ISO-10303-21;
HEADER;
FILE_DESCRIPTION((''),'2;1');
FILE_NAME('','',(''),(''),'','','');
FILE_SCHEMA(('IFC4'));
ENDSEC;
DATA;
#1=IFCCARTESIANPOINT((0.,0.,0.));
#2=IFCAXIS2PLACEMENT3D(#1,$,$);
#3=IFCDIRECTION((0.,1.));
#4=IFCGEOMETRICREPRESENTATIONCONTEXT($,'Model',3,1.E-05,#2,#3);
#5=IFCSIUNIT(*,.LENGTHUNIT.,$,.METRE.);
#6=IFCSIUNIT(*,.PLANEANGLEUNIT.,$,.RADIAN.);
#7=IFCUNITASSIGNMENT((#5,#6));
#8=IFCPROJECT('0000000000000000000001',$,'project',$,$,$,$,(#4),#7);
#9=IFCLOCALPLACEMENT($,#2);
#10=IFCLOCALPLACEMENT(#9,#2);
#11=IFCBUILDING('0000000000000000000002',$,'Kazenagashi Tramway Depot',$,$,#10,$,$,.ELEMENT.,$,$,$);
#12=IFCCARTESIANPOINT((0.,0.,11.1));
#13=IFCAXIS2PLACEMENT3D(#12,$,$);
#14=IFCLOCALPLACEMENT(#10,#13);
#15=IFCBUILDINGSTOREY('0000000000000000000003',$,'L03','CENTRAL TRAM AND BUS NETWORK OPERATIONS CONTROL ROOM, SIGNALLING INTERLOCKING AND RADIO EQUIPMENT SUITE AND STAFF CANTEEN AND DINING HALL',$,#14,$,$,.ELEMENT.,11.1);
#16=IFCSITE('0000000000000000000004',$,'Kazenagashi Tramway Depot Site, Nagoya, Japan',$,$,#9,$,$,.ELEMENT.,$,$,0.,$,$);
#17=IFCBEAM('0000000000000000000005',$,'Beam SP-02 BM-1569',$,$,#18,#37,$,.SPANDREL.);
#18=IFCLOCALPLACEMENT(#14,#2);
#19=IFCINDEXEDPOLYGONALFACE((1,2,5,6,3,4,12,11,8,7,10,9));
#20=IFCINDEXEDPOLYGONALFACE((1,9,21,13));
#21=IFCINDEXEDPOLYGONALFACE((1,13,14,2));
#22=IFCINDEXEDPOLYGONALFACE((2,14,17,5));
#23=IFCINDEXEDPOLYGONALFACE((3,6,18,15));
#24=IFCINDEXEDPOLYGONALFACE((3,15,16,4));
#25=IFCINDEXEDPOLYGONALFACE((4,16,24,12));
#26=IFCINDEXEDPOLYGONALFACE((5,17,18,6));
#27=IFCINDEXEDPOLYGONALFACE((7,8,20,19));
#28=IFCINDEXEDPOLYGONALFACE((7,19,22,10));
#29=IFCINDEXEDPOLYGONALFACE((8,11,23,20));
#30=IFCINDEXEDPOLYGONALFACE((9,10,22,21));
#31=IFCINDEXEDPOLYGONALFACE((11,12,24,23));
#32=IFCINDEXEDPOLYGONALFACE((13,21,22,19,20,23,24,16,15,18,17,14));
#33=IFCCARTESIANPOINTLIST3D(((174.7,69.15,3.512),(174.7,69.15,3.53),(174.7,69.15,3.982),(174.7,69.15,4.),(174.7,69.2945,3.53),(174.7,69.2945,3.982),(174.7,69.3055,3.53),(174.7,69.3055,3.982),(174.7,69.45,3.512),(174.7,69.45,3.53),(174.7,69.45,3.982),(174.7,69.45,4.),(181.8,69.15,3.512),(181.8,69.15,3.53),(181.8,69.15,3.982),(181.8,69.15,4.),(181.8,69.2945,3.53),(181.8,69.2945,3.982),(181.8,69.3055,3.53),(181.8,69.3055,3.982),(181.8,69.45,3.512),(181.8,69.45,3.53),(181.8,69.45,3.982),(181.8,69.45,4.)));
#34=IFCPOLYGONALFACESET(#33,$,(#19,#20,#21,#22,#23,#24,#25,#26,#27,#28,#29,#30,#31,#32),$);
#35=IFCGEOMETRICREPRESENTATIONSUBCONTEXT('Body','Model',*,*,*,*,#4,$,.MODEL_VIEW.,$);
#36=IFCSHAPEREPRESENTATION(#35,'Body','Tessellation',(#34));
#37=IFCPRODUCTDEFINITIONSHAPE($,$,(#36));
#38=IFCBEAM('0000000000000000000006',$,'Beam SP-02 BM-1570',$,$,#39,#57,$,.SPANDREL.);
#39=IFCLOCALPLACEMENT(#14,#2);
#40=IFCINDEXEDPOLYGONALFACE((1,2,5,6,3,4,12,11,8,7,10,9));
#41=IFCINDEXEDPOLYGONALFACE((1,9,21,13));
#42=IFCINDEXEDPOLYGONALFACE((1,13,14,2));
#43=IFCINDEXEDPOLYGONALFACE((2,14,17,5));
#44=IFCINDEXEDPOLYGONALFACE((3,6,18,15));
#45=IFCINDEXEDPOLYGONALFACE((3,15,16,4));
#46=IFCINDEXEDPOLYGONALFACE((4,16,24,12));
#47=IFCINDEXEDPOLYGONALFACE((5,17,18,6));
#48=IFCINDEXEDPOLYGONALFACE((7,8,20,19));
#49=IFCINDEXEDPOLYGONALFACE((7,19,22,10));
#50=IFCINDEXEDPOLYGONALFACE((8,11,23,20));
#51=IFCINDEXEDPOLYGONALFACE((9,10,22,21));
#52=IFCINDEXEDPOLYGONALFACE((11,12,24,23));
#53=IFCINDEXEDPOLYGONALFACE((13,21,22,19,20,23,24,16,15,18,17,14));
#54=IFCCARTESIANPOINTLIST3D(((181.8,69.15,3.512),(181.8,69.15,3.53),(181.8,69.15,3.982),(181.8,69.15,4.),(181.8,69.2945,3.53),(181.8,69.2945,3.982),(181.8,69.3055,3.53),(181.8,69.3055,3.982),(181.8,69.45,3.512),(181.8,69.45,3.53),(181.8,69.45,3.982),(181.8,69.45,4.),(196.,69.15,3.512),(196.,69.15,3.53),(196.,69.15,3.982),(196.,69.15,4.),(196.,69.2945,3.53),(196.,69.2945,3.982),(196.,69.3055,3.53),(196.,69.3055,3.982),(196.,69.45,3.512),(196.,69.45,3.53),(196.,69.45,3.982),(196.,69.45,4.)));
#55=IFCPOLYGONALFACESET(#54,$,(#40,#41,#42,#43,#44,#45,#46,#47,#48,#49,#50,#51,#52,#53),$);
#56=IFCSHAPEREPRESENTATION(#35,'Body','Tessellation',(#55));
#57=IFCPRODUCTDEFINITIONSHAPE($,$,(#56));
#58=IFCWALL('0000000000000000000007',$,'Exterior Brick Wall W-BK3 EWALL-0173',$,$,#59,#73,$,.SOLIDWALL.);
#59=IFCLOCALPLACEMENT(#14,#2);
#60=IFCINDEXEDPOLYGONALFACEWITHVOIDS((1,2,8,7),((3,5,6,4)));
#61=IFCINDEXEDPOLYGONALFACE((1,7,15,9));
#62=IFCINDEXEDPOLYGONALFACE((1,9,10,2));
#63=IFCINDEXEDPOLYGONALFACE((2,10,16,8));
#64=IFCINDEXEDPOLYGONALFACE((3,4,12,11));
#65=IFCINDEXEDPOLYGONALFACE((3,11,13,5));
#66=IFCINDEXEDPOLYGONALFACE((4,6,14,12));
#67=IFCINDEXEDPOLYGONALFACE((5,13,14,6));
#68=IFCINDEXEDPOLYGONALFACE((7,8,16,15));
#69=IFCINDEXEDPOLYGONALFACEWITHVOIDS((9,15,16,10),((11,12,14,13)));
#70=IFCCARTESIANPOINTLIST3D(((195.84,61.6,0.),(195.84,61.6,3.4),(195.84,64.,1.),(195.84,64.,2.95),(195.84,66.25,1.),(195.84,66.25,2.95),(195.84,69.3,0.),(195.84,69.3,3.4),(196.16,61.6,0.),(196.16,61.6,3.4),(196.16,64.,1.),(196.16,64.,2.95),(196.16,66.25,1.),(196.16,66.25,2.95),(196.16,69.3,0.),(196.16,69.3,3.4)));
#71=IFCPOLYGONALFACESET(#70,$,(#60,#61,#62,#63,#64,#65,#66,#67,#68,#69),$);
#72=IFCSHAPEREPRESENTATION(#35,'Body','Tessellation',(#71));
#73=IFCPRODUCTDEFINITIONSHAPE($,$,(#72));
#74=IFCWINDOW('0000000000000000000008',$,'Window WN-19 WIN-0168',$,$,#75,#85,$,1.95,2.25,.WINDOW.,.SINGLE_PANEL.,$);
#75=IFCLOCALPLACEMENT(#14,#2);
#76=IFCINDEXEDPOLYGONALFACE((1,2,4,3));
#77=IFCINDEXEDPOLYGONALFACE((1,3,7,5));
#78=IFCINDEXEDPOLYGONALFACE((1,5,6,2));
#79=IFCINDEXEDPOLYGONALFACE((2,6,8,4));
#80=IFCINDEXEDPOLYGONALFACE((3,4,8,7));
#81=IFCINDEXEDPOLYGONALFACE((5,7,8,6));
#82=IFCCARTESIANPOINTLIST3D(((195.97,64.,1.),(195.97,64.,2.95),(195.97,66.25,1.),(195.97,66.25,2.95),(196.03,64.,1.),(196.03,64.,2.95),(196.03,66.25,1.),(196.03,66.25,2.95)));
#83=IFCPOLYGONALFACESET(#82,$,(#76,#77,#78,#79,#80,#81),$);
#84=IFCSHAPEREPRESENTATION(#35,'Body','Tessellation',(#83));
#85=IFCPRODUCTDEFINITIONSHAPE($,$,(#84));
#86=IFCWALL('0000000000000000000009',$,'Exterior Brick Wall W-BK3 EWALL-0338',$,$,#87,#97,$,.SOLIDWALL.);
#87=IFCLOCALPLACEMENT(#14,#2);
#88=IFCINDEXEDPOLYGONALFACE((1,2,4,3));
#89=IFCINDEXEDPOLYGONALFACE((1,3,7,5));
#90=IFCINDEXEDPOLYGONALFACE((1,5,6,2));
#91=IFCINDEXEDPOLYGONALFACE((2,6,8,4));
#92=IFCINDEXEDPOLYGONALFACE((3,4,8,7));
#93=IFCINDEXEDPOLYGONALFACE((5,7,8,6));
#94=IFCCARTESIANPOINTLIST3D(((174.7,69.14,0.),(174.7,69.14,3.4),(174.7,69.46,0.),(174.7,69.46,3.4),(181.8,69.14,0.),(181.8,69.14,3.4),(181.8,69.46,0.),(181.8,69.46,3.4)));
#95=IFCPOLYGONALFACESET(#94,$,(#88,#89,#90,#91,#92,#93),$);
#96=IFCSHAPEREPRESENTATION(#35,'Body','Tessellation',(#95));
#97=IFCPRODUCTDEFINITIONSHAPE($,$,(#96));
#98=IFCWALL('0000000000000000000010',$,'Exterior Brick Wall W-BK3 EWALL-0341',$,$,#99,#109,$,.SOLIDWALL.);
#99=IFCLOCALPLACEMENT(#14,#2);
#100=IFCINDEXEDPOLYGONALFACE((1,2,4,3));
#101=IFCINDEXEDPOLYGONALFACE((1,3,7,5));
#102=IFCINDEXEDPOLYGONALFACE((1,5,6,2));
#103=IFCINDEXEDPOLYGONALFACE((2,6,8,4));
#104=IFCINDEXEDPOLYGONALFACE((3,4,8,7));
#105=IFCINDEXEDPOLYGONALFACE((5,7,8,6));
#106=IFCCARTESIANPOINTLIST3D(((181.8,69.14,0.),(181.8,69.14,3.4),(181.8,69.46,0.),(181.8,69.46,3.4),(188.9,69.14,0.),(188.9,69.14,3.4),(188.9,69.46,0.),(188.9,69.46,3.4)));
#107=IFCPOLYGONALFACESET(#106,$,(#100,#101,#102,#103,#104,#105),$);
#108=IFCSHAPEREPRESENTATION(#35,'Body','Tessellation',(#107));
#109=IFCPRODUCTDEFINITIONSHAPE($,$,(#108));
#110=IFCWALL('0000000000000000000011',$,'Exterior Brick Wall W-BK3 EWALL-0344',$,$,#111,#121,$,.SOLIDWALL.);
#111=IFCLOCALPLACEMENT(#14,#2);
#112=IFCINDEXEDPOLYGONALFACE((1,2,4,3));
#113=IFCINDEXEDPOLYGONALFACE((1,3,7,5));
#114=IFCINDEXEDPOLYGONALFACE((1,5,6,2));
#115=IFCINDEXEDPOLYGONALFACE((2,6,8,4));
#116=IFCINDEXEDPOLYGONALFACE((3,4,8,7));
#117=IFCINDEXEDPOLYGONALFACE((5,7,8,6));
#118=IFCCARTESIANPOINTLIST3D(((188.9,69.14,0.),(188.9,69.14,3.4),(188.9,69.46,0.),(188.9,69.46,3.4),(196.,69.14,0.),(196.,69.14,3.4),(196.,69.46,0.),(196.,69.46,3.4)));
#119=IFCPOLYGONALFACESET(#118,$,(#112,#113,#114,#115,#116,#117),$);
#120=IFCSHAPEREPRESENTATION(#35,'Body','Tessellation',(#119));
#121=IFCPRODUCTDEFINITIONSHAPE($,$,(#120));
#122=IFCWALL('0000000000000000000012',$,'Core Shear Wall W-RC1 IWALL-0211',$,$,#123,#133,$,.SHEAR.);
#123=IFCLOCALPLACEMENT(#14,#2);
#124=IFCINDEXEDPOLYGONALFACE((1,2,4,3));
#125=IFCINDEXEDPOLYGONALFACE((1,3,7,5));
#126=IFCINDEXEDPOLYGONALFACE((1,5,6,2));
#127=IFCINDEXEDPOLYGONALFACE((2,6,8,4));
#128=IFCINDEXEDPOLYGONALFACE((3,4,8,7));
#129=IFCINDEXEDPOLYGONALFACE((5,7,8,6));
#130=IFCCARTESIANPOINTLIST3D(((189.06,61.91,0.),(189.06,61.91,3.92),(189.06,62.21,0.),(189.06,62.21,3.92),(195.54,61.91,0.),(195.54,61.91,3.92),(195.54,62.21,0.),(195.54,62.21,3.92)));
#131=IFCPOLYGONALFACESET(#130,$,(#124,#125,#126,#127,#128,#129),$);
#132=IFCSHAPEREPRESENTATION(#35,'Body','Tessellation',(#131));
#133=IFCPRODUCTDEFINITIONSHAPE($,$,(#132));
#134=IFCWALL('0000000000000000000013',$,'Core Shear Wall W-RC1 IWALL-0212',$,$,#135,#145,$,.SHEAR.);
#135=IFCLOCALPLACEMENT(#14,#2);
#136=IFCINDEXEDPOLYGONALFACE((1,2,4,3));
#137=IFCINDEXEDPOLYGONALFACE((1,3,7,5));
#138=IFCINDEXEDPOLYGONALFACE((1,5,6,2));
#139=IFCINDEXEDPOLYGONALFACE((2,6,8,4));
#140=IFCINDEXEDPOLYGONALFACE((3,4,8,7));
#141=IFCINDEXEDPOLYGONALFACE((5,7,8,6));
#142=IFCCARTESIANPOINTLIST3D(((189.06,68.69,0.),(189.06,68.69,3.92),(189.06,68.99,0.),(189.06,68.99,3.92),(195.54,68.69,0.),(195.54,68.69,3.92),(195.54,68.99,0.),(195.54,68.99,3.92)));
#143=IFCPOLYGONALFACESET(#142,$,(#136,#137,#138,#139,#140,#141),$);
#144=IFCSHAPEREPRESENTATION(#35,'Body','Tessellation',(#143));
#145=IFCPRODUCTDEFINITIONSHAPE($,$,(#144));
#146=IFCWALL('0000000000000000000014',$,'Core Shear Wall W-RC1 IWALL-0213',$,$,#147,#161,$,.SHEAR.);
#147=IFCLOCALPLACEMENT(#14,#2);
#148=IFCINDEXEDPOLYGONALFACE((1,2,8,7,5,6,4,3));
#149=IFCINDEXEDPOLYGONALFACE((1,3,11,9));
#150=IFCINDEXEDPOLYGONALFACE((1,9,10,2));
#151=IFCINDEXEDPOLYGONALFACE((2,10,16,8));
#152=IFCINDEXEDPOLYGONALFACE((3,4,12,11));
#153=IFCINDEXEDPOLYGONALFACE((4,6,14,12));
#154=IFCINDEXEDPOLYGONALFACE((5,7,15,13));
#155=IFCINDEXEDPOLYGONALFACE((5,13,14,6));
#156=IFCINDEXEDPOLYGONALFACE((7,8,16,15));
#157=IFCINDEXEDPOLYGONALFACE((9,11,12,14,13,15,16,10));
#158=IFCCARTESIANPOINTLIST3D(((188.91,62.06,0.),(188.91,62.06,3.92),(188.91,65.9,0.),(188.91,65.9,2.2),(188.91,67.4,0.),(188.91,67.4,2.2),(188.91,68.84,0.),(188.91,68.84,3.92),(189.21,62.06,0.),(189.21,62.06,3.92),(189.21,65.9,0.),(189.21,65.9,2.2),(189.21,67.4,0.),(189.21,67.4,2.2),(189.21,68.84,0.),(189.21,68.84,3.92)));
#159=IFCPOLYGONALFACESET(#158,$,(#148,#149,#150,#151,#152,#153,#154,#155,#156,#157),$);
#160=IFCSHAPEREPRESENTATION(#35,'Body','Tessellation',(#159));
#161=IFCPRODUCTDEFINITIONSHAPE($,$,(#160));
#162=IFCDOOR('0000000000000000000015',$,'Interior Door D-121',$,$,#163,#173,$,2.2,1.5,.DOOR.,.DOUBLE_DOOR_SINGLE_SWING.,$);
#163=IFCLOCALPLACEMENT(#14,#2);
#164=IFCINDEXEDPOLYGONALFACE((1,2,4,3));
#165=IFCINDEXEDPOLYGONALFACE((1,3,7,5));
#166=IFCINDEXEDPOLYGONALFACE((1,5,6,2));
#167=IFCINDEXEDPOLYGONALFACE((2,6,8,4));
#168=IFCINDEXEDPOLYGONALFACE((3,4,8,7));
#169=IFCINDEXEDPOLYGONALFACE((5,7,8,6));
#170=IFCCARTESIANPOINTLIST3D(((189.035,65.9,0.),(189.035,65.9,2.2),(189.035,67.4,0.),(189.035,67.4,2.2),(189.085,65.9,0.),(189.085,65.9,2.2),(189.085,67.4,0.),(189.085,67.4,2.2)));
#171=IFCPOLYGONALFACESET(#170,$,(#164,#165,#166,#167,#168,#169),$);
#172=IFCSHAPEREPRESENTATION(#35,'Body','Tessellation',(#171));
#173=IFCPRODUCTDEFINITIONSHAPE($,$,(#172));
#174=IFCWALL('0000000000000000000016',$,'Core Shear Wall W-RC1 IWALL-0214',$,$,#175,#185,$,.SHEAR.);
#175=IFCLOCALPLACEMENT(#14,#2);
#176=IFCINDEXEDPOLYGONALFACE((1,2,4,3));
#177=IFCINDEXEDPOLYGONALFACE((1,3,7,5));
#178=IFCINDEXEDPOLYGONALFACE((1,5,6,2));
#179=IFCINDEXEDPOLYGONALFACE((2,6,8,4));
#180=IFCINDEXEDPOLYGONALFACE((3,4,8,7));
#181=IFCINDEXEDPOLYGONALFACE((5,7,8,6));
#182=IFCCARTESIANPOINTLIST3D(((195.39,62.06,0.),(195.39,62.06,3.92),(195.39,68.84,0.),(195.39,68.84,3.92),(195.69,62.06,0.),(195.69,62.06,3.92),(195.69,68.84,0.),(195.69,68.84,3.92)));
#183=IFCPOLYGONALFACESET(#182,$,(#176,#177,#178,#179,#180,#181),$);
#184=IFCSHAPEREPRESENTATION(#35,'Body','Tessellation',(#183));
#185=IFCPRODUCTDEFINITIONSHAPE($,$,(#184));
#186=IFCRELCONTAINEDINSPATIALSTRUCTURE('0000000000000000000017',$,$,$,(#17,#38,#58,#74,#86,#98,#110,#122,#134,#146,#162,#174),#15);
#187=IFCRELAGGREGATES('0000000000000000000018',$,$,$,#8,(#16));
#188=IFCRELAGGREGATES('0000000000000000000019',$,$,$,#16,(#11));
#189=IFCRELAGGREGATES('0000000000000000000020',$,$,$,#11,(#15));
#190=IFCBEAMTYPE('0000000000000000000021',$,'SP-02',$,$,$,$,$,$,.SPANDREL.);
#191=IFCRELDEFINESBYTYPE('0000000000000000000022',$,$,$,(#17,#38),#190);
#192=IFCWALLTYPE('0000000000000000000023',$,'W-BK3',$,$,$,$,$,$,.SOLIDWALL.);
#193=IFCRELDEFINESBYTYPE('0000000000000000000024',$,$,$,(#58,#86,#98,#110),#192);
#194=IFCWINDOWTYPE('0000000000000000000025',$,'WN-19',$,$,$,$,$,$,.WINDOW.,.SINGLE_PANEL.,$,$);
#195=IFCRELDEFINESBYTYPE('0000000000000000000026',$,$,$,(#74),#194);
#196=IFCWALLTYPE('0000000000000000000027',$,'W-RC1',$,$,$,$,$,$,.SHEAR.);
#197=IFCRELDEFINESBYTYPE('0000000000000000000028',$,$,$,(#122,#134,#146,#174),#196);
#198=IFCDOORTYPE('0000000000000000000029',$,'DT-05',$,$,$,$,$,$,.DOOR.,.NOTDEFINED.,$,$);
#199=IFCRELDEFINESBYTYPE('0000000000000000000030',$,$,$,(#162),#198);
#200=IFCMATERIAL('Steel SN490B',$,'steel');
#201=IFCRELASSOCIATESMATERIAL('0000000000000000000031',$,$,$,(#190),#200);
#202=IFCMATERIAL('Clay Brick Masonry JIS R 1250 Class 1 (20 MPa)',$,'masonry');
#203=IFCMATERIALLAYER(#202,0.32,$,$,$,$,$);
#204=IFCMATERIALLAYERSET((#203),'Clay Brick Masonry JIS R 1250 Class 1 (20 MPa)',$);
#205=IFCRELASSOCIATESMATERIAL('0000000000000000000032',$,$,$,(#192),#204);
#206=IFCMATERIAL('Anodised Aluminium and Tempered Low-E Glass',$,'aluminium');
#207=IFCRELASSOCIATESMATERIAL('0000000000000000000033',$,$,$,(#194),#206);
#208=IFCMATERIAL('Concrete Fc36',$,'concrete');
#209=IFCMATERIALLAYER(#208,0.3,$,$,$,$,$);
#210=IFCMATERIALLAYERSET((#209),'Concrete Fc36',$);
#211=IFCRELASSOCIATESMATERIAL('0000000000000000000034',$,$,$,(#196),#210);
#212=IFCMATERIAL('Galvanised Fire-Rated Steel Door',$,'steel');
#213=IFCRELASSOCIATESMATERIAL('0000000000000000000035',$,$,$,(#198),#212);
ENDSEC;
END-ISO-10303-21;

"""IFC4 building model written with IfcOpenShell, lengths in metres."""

from ifc_helpers import new_model, si_unit, direction, frame, frame_2d, origin, origin_2d, place, context, subcontext, project, spatial, rectangle, i_section, extrude, material, layer, layer_set, material_profile, profile_set, type_object, element, fill, save


model = new_model("IFC4")

# Units and contexts
model_context = context("Model", 3, precision=1e-05, world=origin(), true_north=direction((0.0, 1.0)))
body_context = subcontext(model_context, "Body", "Model", "MODEL_VIEW")
ifc_project = project(units=[si_unit("LENGTHUNIT", "METRE"), si_unit("PLANEANGLEUNIT", "RADIAN")], contexts=[model_context])

# Site, building, storey
site_placement = place(None, origin())
site = spatial("IfcSite", under=ifc_project, at=site_placement, Name="Kazenagashi Tramway Depot Site, Nagoya, Japan", CompositionType="ELEMENT", RefElevation=0.0)
building_placement = place(site_placement, origin())
building = spatial("IfcBuilding", under=site, at=building_placement, Name="Kazenagashi Tramway Depot", CompositionType="ELEMENT")
storey_placement = place(building_placement, frame((0.0, 0.0, 11.1)))
storey = spatial("IfcBuildingStorey", under=building, at=storey_placement, Name="L03", Description="CENTRAL TRAM AND BUS NETWORK OPERATIONS CONTROL ROOM, SIGNALLING INTERLOCKING AND RADIO EQUIPMENT SUITE AND STAFF CANTEEN AND DINING HALL", CompositionType="ELEMENT", Elevation=11.1)

# Shared definitions
ifc_material_1 = material(Name="Steel SN490B", Category="steel")

# Beams
ifc_material_profile_1 = material_profile(ifc_material_1, i_section(OverallWidth=0.3, OverallDepth=0.488, WebThickness=0.011, FlangeThickness=0.018, at=origin_2d()), Name="H-488x300x11x18")
ifc_profile_set_1 = profile_set([ifc_material_profile_1], Name="Steel SN490B")
beam_type_1 = type_object("IfcBeamType", Name="SP-02", PredefinedType="SPANDREL", material=ifc_profile_set_1)
beam_1_placement = place(storey_placement, frame((174.7, 69.3, 3.756), z_axis=(1.0, 0.0, 0.0), x_axis=(0.0, 1.0, 0.0)))
element("IfcBeam", 1, at=beam_1_placement, inside=storey, type_object=beam_type_1, Name="Beam SP-02 BM-1569", PredefinedType="SPANDREL", context=body_context, shape_type="SweptSolid", body=[
    extrude(i_section(OverallWidth=0.3, OverallDepth=0.488, WebThickness=0.011, FlangeThickness=0.018, at=origin_2d()), origin(), (0.0, 0.0, 1.0), 7.1),
])
beam_2_placement = place(storey_placement, frame((181.8, 69.3, 3.756), z_axis=(1.0, 0.0, 0.0), x_axis=(0.0, 1.0, 0.0)))
element("IfcBeam", 2, at=beam_2_placement, inside=storey, type_object=beam_type_1, Name="Beam SP-02 BM-1570", PredefinedType="SPANDREL", context=body_context, shape_type="SweptSolid", body=[
    extrude(i_section(OverallWidth=0.3, OverallDepth=0.488, WebThickness=0.011, FlangeThickness=0.018, at=origin_2d()), origin(), (0.0, 0.0, 1.0), 14.2),
])

# Wall, opening, window
ifc_material_2 = material(Name="Clay Brick Masonry JIS R 1250 Class 1 (20 MPa)", Category="masonry")
ifc_layer_1 = layer(ifc_material_2, 0.32)
ifc_layer_set_1 = layer_set([ifc_layer_1], Name="Clay Brick Masonry JIS R 1250 Class 1 (20 MPa)")
wall_type_1 = type_object("IfcWallType", Name="W-BK3", PredefinedType="SOLIDWALL", material=ifc_layer_set_1)
wall_1_placement = place(storey_placement, frame((196.0, 61.6, 0.0), z_axis=(0.0, 0.0, 1.0), x_axis=(0.0, 1.0, 0.0)))
wall_1 = element("IfcWall", 3, at=wall_1_placement, inside=storey, type_object=wall_type_1, Name="Exterior Brick Wall W-BK3 EWALL-0173", PredefinedType="SOLIDWALL", context=body_context, shape_type="SweptSolid", body=[
    extrude(rectangle(XDim=7.7, YDim=0.32, at=frame_2d((3.85, 0.0))), origin(), (0.0, 0.0, 1.0), 3.4),
])
opening_1_placement = place(wall_1_placement, frame((2.4, 0.0, 1.0)))
opening_1 = element("IfcOpeningElement", 4, at=opening_1_placement, cuts=wall_1, PredefinedType="OPENING", context=body_context, shape_type="SweptSolid", body=[
    extrude(rectangle(XDim=2.25, YDim=1.95, at=frame_2d((1.125, 0.975))), frame((0.0, 0.17, 0.0), z_axis=(0.0, -1.0, 0.0), x_axis=(1.0, 0.0, 0.0)), (0.0, 0.0, 1.0), 0.34),
])
ifc_material_3 = material(Name="Anodised Aluminium and Tempered Low-E Glass", Category="aluminium")
window_type = type_object("IfcWindowType", Name="WN-19", PartitioningType="SINGLE_PANEL", PredefinedType="WINDOW", material=ifc_material_3)
window_placement = place(opening_1_placement, origin())
window = element("IfcWindow", 5, at=window_placement, inside=storey, type_object=window_type, Name="Window WN-19 WIN-0168", OverallHeight=1.95, OverallWidth=2.25, PartitioningType="SINGLE_PANEL", PredefinedType="WINDOW", context=body_context, shape_type="SweptSolid", body=[
    extrude(rectangle(XDim=2.25, YDim=1.95, at=frame_2d((1.125, 0.975))), frame((0.0, 0.03, 0.0), z_axis=(0.0, -1.0, 0.0), x_axis=(1.0, 0.0, 0.0)), (0.0, 0.0, 1.0), 0.06),
])
fill(opening_1, window)

# Walls
for number, where, z_axis, x_axis, name in (
    (6, (174.7, 69.3, 0.0), (0.0, 0.0, 1.0), (1.0, 0.0, 0.0), "Exterior Brick Wall W-BK3 EWALL-0338"),
    (7, (181.8, 69.3, 0.0), (0.0, 0.0, 1.0), (1.0, 0.0, 0.0), "Exterior Brick Wall W-BK3 EWALL-0341"),
    (8, (188.9, 69.3, 0.0), (0.0, 0.0, 1.0), (1.0, 0.0, 0.0), "Exterior Brick Wall W-BK3 EWALL-0344"),
):
    element("IfcWall", number, at=place(storey_placement, frame(where, z_axis=z_axis, x_axis=x_axis)), inside=storey, type_object=wall_type_1, Name=name, PredefinedType="SOLIDWALL", context=body_context, shape_type="SweptSolid", body=[
        extrude(rectangle(XDim=7.1, YDim=0.32, at=frame_2d((3.55, 0.0))), origin(), (0.0, 0.0, 1.0), 3.4),
    ])
ifc_material_4 = material(Name="Concrete Fc36", Category="concrete")
ifc_layer_2 = layer(ifc_material_4, 0.3)
ifc_layer_set_2 = layer_set([ifc_layer_2], Name="Concrete Fc36")
wall_type_2 = type_object("IfcWallType", Name="W-RC1", PredefinedType="SHEAR", material=ifc_layer_set_2)
for number, where, z_axis, x_axis, name in (
    (9, (189.06, 62.06, 0.0), (0.0, 0.0, 1.0), (1.0, 0.0, 0.0), "Core Shear Wall W-RC1 IWALL-0211"),
    (10, (189.06, 68.84, 0.0), (0.0, 0.0, 1.0), (1.0, 0.0, 0.0), "Core Shear Wall W-RC1 IWALL-0212"),
):
    element("IfcWall", number, at=place(storey_placement, frame(where, z_axis=z_axis, x_axis=x_axis)), inside=storey, type_object=wall_type_2, Name=name, PredefinedType="SHEAR", context=body_context, shape_type="SweptSolid", body=[
        extrude(rectangle(XDim=6.48, YDim=0.3, at=frame_2d((3.24, 0.0))), origin(), (0.0, 0.0, 1.0), 3.92),
    ])

# Wall, opening, door
wall_2_placement = place(storey_placement, frame((189.06, 62.06, 0.0), z_axis=(0.0, 0.0, 1.0), x_axis=(0.0, 1.0, 0.0)))
wall_2 = element("IfcWall", 11, at=wall_2_placement, inside=storey, type_object=wall_type_2, Name="Core Shear Wall W-RC1 IWALL-0213", PredefinedType="SHEAR", context=body_context, shape_type="SweptSolid", body=[
    extrude(rectangle(XDim=6.78, YDim=0.3, at=frame_2d((3.39, 0.0))), origin(), (0.0, 0.0, 1.0), 3.92),
])
opening_2_placement = place(wall_2_placement, frame((3.84, 0.0, 0.0)))
opening_2 = element("IfcOpeningElement", 12, at=opening_2_placement, cuts=wall_2, PredefinedType="OPENING", context=body_context, shape_type="SweptSolid", body=[
    extrude(rectangle(XDim=1.5, YDim=2.2, at=frame_2d((0.75, 1.1))), frame((0.0, 0.16, 0.0), z_axis=(0.0, -1.0, 0.0), x_axis=(1.0, 0.0, 0.0)), (0.0, 0.0, 1.0), 0.32),
])
ifc_material_5 = material(Name="Galvanised Fire-Rated Steel Door", Category="steel")
door_type_1 = type_object("IfcDoorType", Name="DT-05", OperationType="NOTDEFINED", PredefinedType="DOOR", material=ifc_material_5)
door_1_placement = place(opening_2_placement, origin())
door_1 = element("IfcDoor", 13, at=door_1_placement, inside=storey, type_object=door_type_1, Name="Interior Door D-121", OperationType="DOUBLE_DOOR_SINGLE_SWING", OverallHeight=2.2, OverallWidth=1.5, PredefinedType="DOOR", context=body_context, shape_type="SweptSolid", body=[
    extrude(rectangle(XDim=1.5, YDim=2.2, at=frame_2d((0.75, 1.1))), frame((0.0, 0.025, 0.0), z_axis=(0.0, -1.0, 0.0), x_axis=(1.0, 0.0, 0.0)), (0.0, 0.0, 1.0), 0.05),
])
fill(opening_2, door_1)

# Wall
wall_3_placement = place(storey_placement, frame((195.54, 62.06, 0.0), z_axis=(0.0, 0.0, 1.0), x_axis=(0.0, 1.0, 0.0)))
element("IfcWall", 14, at=wall_3_placement, inside=storey, type_object=wall_type_2, Name="Core Shear Wall W-RC1 IWALL-0214", PredefinedType="SHEAR", context=body_context, shape_type="SweptSolid", body=[
    extrude(rectangle(XDim=6.78, YDim=0.3, at=frame_2d((3.39, 0.0))), origin(), (0.0, 0.0, 1.0), 3.92),
])

save(model, "model.ifc")
